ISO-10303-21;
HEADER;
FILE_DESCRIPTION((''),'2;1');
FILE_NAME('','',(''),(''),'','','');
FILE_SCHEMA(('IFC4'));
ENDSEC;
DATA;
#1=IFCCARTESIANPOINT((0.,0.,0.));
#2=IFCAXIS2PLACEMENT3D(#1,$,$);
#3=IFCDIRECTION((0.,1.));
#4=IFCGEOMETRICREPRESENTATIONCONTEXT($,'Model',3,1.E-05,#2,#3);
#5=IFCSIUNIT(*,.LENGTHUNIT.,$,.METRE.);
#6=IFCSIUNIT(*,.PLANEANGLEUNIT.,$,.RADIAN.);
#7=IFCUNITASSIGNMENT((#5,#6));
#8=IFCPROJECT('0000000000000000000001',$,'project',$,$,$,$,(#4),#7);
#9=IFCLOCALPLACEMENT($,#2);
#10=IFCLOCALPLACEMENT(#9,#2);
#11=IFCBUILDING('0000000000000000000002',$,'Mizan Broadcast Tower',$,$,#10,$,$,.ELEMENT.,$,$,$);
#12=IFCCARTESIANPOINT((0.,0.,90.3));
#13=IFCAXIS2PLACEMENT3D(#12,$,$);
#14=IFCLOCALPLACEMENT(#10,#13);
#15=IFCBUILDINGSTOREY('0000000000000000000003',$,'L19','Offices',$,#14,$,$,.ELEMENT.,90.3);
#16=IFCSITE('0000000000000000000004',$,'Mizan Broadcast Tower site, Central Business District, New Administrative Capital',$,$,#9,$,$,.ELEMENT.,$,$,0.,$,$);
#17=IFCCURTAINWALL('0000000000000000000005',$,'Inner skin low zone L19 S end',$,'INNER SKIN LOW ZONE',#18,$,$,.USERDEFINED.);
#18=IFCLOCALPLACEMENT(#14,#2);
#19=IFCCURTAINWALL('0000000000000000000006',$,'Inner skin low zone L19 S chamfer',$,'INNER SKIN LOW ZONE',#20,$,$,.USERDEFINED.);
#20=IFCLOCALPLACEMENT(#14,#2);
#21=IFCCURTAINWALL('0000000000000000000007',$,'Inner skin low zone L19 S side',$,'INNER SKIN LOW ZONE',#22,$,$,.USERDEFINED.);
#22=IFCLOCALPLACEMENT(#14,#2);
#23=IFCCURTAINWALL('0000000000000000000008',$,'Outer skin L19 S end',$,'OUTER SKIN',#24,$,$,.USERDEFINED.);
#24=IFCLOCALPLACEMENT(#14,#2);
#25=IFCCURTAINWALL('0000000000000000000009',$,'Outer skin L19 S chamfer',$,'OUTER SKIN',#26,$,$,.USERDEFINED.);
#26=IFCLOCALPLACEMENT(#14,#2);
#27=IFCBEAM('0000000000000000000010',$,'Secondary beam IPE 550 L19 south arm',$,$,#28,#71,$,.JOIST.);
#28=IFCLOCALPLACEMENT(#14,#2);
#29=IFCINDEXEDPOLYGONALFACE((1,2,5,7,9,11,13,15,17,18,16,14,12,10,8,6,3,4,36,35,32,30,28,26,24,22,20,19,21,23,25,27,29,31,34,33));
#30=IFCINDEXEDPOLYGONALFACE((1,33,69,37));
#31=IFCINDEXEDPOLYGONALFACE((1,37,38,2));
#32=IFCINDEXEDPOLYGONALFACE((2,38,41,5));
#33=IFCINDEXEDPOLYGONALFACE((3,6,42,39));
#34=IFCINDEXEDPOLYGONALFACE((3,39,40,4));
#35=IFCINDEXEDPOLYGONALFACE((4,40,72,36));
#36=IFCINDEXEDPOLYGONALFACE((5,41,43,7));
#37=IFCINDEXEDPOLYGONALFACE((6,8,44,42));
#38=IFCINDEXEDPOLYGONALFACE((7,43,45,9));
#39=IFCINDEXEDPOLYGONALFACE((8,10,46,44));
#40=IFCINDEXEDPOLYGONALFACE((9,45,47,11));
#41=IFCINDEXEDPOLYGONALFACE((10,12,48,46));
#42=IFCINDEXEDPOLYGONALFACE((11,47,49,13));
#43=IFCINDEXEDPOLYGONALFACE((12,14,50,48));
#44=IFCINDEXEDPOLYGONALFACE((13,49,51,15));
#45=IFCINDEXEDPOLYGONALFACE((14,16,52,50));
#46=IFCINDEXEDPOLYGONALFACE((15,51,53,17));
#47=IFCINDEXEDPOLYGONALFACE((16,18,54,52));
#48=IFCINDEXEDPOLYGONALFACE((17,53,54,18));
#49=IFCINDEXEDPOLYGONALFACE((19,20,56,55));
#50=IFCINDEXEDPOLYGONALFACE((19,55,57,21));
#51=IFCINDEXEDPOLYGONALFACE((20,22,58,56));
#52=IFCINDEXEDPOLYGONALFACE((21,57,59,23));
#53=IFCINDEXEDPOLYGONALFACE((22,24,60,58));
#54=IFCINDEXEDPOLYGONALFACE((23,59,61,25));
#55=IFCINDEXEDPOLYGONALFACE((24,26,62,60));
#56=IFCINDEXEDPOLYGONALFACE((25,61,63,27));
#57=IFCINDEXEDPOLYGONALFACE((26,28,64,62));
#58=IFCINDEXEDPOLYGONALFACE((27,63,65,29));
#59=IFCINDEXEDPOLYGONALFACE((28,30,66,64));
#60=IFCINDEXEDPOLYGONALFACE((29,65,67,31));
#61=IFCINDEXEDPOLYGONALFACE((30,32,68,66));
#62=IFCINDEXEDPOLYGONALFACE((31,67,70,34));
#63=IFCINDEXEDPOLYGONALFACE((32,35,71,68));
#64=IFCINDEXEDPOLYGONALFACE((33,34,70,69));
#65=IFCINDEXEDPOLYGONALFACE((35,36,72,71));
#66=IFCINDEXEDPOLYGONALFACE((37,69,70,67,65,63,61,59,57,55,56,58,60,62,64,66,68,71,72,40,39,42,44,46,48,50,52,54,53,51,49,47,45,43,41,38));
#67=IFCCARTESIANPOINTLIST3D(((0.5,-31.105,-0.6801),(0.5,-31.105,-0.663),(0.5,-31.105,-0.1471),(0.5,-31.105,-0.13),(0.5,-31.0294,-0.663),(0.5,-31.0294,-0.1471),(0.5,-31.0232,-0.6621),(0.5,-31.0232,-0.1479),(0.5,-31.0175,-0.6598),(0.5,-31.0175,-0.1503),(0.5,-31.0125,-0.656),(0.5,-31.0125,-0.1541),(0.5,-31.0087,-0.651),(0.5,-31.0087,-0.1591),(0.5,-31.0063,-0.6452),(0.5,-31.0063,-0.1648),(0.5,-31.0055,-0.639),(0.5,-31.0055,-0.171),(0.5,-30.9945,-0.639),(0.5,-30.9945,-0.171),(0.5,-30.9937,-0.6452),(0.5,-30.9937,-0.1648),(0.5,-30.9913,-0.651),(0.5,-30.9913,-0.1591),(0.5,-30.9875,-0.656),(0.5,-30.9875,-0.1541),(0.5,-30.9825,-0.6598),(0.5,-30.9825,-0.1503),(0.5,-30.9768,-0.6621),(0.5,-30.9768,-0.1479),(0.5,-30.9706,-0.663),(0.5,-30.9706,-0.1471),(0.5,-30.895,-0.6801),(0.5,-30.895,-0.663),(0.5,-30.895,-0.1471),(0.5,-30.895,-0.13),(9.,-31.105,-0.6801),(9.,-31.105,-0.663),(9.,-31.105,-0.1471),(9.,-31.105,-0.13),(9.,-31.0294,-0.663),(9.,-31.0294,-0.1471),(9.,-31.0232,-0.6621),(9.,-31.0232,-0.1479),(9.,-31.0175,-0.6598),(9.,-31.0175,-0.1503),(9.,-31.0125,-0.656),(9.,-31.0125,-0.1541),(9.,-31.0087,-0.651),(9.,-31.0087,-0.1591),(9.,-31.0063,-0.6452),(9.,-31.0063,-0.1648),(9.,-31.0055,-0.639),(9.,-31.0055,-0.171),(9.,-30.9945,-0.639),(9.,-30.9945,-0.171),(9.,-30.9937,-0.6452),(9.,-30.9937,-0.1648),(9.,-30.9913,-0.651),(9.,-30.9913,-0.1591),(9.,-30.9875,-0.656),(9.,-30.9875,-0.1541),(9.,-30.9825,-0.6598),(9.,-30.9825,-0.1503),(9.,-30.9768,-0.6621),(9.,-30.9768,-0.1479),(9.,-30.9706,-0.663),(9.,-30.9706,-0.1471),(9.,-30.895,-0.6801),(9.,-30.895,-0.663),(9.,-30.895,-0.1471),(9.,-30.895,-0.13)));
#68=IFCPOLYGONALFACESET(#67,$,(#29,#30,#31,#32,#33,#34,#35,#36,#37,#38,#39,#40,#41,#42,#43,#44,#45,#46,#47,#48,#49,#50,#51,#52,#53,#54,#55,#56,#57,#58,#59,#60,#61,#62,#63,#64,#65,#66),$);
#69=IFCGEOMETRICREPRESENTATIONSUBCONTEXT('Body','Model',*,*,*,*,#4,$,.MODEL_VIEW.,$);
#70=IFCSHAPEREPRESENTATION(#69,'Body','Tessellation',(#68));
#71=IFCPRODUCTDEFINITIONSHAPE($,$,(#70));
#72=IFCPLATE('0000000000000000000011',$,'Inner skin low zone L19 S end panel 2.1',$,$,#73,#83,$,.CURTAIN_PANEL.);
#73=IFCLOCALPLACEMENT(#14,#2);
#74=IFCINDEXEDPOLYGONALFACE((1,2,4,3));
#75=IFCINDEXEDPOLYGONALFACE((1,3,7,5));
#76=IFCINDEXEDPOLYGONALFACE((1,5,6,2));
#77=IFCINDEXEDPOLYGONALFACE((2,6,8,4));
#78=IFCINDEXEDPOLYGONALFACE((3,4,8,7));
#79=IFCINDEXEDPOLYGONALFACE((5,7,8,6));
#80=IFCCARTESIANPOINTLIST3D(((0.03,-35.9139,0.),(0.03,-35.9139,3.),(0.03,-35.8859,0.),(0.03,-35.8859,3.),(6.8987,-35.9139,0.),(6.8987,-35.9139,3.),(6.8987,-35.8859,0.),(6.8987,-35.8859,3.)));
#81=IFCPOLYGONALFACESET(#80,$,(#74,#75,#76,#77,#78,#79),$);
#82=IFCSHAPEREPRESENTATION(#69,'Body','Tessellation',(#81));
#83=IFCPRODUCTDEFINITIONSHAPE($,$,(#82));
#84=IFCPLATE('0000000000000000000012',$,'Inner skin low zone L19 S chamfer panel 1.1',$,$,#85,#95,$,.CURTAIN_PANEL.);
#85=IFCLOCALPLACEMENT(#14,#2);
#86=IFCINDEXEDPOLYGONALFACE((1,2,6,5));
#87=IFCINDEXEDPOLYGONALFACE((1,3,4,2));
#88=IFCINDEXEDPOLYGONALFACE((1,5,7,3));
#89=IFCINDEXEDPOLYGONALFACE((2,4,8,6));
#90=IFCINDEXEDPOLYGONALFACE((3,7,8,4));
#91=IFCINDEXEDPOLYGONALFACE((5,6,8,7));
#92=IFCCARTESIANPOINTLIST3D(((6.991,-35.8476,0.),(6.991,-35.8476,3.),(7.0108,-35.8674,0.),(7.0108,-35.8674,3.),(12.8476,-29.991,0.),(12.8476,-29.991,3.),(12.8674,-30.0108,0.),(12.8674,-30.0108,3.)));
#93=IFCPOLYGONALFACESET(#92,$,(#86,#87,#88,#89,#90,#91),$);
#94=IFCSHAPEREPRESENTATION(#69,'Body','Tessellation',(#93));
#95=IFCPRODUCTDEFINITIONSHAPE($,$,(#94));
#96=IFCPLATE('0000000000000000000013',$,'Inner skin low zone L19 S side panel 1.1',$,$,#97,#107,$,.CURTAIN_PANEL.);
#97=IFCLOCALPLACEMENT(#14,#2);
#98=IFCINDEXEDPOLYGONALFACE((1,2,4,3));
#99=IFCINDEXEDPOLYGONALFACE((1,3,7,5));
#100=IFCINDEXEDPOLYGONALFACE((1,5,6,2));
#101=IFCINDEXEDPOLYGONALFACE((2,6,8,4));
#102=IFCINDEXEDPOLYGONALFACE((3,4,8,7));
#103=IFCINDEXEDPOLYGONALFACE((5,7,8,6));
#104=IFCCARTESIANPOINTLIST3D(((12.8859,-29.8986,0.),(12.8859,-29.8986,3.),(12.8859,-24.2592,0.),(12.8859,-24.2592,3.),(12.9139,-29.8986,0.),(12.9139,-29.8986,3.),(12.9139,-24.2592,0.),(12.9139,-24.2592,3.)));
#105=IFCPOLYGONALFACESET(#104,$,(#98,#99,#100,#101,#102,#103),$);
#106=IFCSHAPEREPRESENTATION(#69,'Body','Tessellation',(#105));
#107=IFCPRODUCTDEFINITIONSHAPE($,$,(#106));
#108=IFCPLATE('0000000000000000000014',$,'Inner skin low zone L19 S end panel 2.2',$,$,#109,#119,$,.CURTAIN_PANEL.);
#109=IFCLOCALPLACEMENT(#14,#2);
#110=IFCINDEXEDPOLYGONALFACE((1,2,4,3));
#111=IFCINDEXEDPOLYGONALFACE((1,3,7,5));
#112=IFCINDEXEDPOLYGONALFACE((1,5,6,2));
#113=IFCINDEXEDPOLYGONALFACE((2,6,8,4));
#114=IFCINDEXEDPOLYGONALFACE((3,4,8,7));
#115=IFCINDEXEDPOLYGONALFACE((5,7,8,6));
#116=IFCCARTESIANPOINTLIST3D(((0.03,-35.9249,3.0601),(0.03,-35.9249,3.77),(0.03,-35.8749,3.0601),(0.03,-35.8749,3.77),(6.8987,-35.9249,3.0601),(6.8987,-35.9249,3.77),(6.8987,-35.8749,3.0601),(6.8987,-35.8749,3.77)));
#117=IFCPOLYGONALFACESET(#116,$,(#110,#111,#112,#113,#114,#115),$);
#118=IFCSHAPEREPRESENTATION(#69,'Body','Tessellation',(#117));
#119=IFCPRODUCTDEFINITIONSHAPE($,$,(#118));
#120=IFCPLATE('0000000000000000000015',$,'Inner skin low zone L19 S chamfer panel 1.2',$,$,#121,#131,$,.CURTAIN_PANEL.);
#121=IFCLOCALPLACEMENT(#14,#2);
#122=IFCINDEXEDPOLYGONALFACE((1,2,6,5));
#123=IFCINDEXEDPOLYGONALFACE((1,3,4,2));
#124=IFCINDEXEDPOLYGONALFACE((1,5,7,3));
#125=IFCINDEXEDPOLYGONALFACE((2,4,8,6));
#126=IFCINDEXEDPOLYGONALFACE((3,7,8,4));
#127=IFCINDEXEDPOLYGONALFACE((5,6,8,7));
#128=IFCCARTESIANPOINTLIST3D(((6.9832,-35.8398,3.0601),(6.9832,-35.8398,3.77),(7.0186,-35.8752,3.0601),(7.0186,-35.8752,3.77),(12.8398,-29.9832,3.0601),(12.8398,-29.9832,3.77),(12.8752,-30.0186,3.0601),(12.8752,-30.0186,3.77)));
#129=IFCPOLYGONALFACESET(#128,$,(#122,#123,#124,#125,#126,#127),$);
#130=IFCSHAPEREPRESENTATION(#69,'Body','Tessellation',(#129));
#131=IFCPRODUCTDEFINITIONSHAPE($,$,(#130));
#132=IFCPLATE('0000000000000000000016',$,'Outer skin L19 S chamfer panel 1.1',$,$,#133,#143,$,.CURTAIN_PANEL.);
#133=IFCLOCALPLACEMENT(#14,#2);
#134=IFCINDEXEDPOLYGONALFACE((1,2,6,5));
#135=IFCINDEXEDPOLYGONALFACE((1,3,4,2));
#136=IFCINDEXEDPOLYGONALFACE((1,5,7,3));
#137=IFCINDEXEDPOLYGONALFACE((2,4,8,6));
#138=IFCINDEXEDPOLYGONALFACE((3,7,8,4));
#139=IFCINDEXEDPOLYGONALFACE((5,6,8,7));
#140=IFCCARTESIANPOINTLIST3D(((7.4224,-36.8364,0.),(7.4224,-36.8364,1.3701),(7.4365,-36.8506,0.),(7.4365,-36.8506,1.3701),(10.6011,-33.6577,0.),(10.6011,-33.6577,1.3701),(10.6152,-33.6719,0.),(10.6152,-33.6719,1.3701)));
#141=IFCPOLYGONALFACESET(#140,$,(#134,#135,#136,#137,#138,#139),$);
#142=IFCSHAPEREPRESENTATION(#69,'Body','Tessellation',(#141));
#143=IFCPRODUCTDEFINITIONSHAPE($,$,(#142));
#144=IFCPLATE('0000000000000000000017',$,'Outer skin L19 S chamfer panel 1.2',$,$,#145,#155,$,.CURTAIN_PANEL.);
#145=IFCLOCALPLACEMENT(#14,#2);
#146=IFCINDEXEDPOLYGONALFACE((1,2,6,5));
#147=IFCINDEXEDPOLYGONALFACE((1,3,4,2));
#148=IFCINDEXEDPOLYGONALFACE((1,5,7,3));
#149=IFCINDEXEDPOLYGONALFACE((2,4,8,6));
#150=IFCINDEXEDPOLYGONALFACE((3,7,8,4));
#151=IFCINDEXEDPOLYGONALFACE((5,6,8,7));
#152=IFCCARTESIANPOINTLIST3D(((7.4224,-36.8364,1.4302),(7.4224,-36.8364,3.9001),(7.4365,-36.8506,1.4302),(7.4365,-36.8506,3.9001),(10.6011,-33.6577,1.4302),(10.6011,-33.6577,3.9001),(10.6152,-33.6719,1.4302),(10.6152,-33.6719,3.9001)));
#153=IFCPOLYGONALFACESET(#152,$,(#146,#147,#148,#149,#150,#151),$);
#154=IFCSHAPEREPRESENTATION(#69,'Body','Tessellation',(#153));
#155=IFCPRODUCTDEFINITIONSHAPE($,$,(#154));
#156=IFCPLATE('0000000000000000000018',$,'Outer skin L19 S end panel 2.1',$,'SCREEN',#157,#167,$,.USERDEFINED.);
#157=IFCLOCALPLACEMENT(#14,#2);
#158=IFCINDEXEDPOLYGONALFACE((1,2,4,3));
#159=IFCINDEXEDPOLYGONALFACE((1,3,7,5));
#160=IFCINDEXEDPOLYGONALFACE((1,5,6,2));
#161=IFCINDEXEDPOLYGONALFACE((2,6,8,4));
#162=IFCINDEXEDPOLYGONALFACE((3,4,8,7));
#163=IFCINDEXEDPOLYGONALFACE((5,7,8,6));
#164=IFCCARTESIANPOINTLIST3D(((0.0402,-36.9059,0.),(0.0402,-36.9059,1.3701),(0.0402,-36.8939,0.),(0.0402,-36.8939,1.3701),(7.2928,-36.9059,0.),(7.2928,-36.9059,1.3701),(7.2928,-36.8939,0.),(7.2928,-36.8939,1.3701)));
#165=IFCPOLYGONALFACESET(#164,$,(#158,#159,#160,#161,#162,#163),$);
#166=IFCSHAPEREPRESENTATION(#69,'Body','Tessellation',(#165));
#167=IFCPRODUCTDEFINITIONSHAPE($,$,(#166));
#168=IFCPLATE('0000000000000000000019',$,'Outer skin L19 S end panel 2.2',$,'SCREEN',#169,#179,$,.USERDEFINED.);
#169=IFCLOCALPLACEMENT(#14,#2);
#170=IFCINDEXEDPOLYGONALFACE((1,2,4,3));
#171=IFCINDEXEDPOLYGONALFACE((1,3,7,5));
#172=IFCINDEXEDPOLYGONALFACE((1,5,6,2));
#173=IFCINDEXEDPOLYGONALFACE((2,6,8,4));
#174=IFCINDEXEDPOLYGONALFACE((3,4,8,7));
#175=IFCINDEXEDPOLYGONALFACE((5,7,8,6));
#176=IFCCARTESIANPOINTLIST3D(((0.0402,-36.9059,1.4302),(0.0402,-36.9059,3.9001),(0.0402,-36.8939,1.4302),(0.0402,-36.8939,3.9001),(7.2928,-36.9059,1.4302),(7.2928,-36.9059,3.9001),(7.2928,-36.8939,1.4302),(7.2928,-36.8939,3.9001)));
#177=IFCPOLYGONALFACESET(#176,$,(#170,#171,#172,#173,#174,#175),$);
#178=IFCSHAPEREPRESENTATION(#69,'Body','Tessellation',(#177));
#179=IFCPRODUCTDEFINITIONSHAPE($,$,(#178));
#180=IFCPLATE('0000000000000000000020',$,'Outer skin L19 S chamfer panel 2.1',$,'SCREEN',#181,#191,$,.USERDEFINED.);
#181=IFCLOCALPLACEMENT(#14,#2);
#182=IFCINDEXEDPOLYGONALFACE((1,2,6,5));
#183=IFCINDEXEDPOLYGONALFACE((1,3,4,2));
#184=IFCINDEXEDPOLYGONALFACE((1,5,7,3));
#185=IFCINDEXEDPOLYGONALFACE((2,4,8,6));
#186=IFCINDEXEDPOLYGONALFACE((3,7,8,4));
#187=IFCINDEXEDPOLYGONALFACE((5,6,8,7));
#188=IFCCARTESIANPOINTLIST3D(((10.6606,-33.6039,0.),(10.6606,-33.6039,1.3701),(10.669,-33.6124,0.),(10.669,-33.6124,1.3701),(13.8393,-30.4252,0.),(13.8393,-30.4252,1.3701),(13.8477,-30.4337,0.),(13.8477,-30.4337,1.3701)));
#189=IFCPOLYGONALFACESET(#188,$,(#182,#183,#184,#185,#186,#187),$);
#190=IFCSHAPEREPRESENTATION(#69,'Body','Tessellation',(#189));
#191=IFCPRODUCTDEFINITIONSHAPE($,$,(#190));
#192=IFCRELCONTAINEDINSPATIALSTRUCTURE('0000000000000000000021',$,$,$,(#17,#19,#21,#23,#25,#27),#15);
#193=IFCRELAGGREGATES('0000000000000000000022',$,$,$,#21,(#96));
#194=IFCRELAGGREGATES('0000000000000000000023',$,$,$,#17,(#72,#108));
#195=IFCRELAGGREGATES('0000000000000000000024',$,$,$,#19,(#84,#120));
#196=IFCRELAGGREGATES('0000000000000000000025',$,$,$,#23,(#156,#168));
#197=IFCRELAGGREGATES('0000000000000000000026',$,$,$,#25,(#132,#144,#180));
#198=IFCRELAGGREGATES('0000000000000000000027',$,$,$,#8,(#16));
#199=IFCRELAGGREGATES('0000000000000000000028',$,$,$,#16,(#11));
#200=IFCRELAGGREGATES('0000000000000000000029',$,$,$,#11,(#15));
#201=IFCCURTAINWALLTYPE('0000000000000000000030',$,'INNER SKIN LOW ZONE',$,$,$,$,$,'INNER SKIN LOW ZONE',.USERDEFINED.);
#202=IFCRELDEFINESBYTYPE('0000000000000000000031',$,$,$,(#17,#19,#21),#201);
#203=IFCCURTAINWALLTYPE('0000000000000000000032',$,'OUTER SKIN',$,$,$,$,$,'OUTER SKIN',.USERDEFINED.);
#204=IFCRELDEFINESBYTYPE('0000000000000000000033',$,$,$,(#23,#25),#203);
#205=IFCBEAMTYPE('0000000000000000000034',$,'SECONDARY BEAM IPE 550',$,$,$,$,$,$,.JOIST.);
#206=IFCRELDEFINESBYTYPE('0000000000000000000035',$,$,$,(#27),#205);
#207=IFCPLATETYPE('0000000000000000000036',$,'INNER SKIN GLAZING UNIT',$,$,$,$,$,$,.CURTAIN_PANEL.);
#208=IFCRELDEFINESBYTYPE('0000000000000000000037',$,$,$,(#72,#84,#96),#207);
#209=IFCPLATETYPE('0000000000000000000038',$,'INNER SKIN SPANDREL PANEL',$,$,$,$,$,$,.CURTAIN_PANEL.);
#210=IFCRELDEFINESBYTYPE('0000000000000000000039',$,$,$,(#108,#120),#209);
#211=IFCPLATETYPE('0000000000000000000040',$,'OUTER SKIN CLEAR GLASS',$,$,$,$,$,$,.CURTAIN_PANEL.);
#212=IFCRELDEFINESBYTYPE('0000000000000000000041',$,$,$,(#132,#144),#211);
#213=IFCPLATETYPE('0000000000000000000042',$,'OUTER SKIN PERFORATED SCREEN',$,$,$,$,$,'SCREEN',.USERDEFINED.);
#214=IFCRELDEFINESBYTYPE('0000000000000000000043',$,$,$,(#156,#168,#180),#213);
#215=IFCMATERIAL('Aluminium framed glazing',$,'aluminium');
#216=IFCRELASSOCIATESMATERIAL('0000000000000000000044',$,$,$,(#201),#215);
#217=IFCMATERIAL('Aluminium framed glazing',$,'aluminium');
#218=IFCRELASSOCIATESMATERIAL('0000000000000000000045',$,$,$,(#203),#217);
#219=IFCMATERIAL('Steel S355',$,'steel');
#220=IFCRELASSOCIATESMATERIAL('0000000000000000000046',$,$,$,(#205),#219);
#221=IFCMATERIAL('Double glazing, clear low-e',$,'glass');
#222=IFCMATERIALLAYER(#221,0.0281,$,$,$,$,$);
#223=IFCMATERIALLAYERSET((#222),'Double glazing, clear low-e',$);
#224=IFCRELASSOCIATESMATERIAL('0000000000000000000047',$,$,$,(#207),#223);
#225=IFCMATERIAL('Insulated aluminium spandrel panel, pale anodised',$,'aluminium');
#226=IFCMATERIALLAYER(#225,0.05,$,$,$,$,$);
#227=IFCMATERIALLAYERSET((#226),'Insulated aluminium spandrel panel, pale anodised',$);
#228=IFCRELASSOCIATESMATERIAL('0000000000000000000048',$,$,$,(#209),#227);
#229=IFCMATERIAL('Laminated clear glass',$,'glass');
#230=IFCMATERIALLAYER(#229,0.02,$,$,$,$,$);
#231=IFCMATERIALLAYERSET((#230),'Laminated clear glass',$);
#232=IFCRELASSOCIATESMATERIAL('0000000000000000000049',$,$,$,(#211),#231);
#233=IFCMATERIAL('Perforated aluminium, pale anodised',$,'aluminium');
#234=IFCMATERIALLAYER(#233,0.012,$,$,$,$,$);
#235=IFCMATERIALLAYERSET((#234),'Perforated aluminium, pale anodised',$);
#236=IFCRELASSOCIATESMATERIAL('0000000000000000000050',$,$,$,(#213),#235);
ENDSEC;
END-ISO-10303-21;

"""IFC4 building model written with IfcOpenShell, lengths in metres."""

from ifc_helpers import new_model, si_unit, direction, frame, origin, origin_2d, place, context, subcontext, project, spatial, rectangle, i_section, extrude, material, layer, layer_set, material_profile, profile_set, type_object, element, aggregate, save


model = new_model("IFC4")

# Units and contexts
model_context = context("Model", 3, precision=1e-05, world=origin(), true_north=direction((0.0, 1.0)))
body_context = subcontext(model_context, "Body", "Model", "MODEL_VIEW")
ifc_project = project(units=[si_unit("LENGTHUNIT", "METRE"), si_unit("PLANEANGLEUNIT", "RADIAN")], contexts=[model_context])

# Site, building, storey
site_placement = place(None, origin())
site = spatial("IfcSite", under=ifc_project, at=site_placement, Name="Mizan Broadcast Tower site, Central Business District, New Administrative Capital", CompositionType="ELEMENT", RefElevation=0.0)
building_placement = place(site_placement, origin())
building = spatial("IfcBuilding", under=site, at=building_placement, Name="Mizan Broadcast Tower", CompositionType="ELEMENT")
storey_placement = place(building_placement, frame((0.0, 0.0, 90.3)))
storey = spatial("IfcBuildingStorey", under=building, at=storey_placement, Name="L19", Description="Offices", CompositionType="ELEMENT", Elevation=90.3)

# Curtain wall
ifc_material_1 = material(Name="Aluminium framed glazing", Category="aluminium")
curtain_wall_type_1 = type_object("IfcCurtainWallType", Name="INNER SKIN LOW ZONE", ElementType="INNER SKIN LOW ZONE", PredefinedType="USERDEFINED", material=ifc_material_1)
curtain_wall_1_placement = place(storey_placement, origin())
curtain_wall_1 = element("IfcCurtainWall", 1, at=curtain_wall_1_placement, inside=storey, type_object=curtain_wall_type_1, Name="Inner skin low zone L19 S end", ObjectType="INNER SKIN LOW ZONE", PredefinedType="USERDEFINED")

# Curtain wall
curtain_wall_2_placement = place(storey_placement, origin())
curtain_wall_2 = element("IfcCurtainWall", 2, at=curtain_wall_2_placement, inside=storey, type_object=curtain_wall_type_1, Name="Inner skin low zone L19 S chamfer", ObjectType="INNER SKIN LOW ZONE", PredefinedType="USERDEFINED")

# Curtain wall
curtain_wall_3_placement = place(storey_placement, origin())
curtain_wall_3 = element("IfcCurtainWall", 3, at=curtain_wall_3_placement, inside=storey, type_object=curtain_wall_type_1, Name="Inner skin low zone L19 S side", ObjectType="INNER SKIN LOW ZONE", PredefinedType="USERDEFINED")

# Curtain wall
ifc_material_2 = material(Name="Aluminium framed glazing", Category="aluminium")
curtain_wall_type_2 = type_object("IfcCurtainWallType", Name="OUTER SKIN", ElementType="OUTER SKIN", PredefinedType="USERDEFINED", material=ifc_material_2)
curtain_wall_4_placement = place(storey_placement, origin())
curtain_wall_4 = element("IfcCurtainWall", 4, at=curtain_wall_4_placement, inside=storey, type_object=curtain_wall_type_2, Name="Outer skin L19 S end", ObjectType="OUTER SKIN", PredefinedType="USERDEFINED")

# Curtain wall
curtain_wall_5_placement = place(storey_placement, origin())
curtain_wall_5 = element("IfcCurtainWall", 5, at=curtain_wall_5_placement, inside=storey, type_object=curtain_wall_type_2, Name="Outer skin L19 S chamfer", ObjectType="OUTER SKIN", PredefinedType="USERDEFINED")

# Beam
ifc_material_3 = material(Name="Steel S355", Category="steel")
ifc_material_profile_1 = material_profile(ifc_material_3, i_section(OverallWidth=0.21, OverallDepth=0.55, WebThickness=0.011, FlangeThickness=0.0171, FilletRadius=0.0239, at=origin_2d()), Name="IPE 550")
ifc_profile_set_1 = profile_set([ifc_material_profile_1], Name="Steel S355")
beam_type_1 = type_object("IfcBeamType", Name="SECONDARY BEAM IPE 550", PredefinedType="JOIST", material=ifc_profile_set_1)
beam_1_placement = place(storey_placement, frame((9.0, -31.0, -0.405), z_axis=(-1.0, 0.0, 0.0), x_axis=(0.0, -1.0, 0.0)))
element("IfcBeam", 6, at=beam_1_placement, inside=storey, type_object=beam_type_1, Name="Secondary beam IPE 550 L19 south arm", PredefinedType="JOIST", context=body_context, shape_type="SweptSolid", body=[
    extrude(i_section(OverallWidth=0.21, OverallDepth=0.55, WebThickness=0.011, FlangeThickness=0.0171, FilletRadius=0.0239, at=origin_2d()), origin(), (0.0, 0.0, 1.0), 8.5),
])

# Plates
ifc_material_4 = material(Name="Double glazing, clear low-e", Category="glass")
ifc_layer_1 = layer(ifc_material_4, 0.0281)
ifc_layer_set_1 = layer_set([ifc_layer_1], Name="Double glazing, clear low-e")
plate_type_1 = type_object("IfcPlateType", Name="INNER SKIN GLAZING UNIT", PredefinedType="CURTAIN_PANEL", material=ifc_layer_set_1)
plate_1_placement = place(storey_placement, frame((3.4644, -35.8999, 0.0), z_axis=(0.0, 0.0, 1.0), x_axis=(1.0, 0.0, 0.0)))
plate_1 = element("IfcPlate", 7, at=plate_1_placement, type_object=plate_type_1, Name="Inner skin low zone L19 S end panel 2.1", PredefinedType="CURTAIN_PANEL", context=body_context, shape_type="SweptSolid", body=[
    extrude(rectangle(XDim=6.8687, YDim=0.0281, at=origin_2d()), origin(), (0.0, 0.0, 1.0), 3.0),
])
plate_2_placement = place(storey_placement, frame((9.9292, -32.9292, 0.0), z_axis=(0.0, 0.0, 1.0), x_axis=(0.707107, 0.707107, 0.0)))
plate_2 = element("IfcPlate", 8, at=plate_2_placement, type_object=plate_type_1, Name="Inner skin low zone L19 S chamfer panel 1.1", PredefinedType="CURTAIN_PANEL", context=body_context, shape_type="SweptSolid", body=[
    extrude(rectangle(XDim=8.2825, YDim=0.0281, at=origin_2d()), origin(), (0.0, 0.0, 1.0), 3.0),
])
plate_3_placement = place(storey_placement, frame((12.8999, -27.0789, 0.0), z_axis=(0.0, 0.0, 1.0), x_axis=(0.0, 1.0, 0.0)))
plate_3 = element("IfcPlate", 9, at=plate_3_placement, type_object=plate_type_1, Name="Inner skin low zone L19 S side panel 1.1", PredefinedType="CURTAIN_PANEL", context=body_context, shape_type="SweptSolid", body=[
    extrude(rectangle(XDim=5.6394, YDim=0.0281, at=origin_2d()), origin(), (0.0, 0.0, 1.0), 3.0),
])
aggregate(curtain_wall_3, [plate_3])
ifc_material_5 = material(Name="Insulated aluminium spandrel panel, pale anodised", Category="aluminium")
ifc_layer_2 = layer(ifc_material_5, 0.05)
ifc_layer_set_2 = layer_set([ifc_layer_2], Name="Insulated aluminium spandrel panel, pale anodised")
plate_type_2 = type_object("IfcPlateType", Name="INNER SKIN SPANDREL PANEL", PredefinedType="CURTAIN_PANEL", material=ifc_layer_set_2)
plate_4_placement = place(storey_placement, frame((3.4644, -35.8999, 3.0601), z_axis=(0.0, 0.0, 1.0), x_axis=(1.0, 0.0, 0.0)))
plate_4 = element("IfcPlate", 10, at=plate_4_placement, type_object=plate_type_2, Name="Inner skin low zone L19 S end panel 2.2", PredefinedType="CURTAIN_PANEL", context=body_context, shape_type="SweptSolid", body=[
    extrude(rectangle(XDim=6.8687, YDim=0.05, at=origin_2d()), origin(), (0.0, 0.0, 1.0), 0.71),
])
aggregate(curtain_wall_1, [plate_1, plate_4])
plate_5_placement = place(storey_placement, frame((9.9292, -32.9292, 3.0601), z_axis=(0.0, 0.0, 1.0), x_axis=(0.707107, 0.707107, 0.0)))
plate_5 = element("IfcPlate", 11, at=plate_5_placement, type_object=plate_type_2, Name="Inner skin low zone L19 S chamfer panel 1.2", PredefinedType="CURTAIN_PANEL", context=body_context, shape_type="SweptSolid", body=[
    extrude(rectangle(XDim=8.2825, YDim=0.05, at=origin_2d()), origin(), (0.0, 0.0, 1.0), 0.71),
])
aggregate(curtain_wall_2, [plate_2, plate_5])
ifc_material_6 = material(Name="Laminated clear glass", Category="glass")
ifc_layer_3 = layer(ifc_material_6, 0.02)
ifc_layer_set_3 = layer_set([ifc_layer_3], Name="Laminated clear glass")
plate_type_3 = type_object("IfcPlateType", Name="OUTER SKIN CLEAR GLASS", PredefinedType="CURTAIN_PANEL", material=ifc_layer_set_3)
plate_6_placement = place(storey_placement, frame((9.0188, -35.2542, 0.0), z_axis=(0.0, 0.0, 1.0), x_axis=(0.707107, 0.707107, 0.0)))
plate_6 = element("IfcPlate", 12, at=plate_6_placement, type_object=plate_type_3, Name="Outer skin L19 S chamfer panel 1.1", PredefinedType="CURTAIN_PANEL", context=body_context, shape_type="SweptSolid", body=[
    extrude(rectangle(XDim=4.4954, YDim=0.02, at=origin_2d()), origin(), (0.0, 0.0, 1.0), 1.3701),
])
plate_7_placement = place(storey_placement, frame((9.0188, -35.2542, 1.4302), z_axis=(0.0, 0.0, 1.0), x_axis=(0.707107, 0.707107, 0.0)))
plate_7 = element("IfcPlate", 13, at=plate_7_placement, type_object=plate_type_3, Name="Outer skin L19 S chamfer panel 1.2", PredefinedType="CURTAIN_PANEL", context=body_context, shape_type="SweptSolid", body=[
    extrude(rectangle(XDim=4.4954, YDim=0.02, at=origin_2d()), origin(), (0.0, 0.0, 1.0), 2.47),
])
ifc_material_7 = material(Name="Perforated aluminium, pale anodised", Category="aluminium")
ifc_layer_4 = layer(ifc_material_7, 0.012)
ifc_layer_set_4 = layer_set([ifc_layer_4], Name="Perforated aluminium, pale anodised")
plate_type_4 = type_object("IfcPlateType", Name="OUTER SKIN PERFORATED SCREEN", ElementType="SCREEN", PredefinedType="USERDEFINED", material=ifc_layer_set_4)
plate_8_placement = place(storey_placement, frame((3.6665, -36.8999, 0.0), z_axis=(0.0, 0.0, 1.0), x_axis=(1.0, 0.0, 0.0)))
plate_8 = element("IfcPlate", 14, at=plate_8_placement, type_object=plate_type_4, Name="Outer skin L19 S end panel 2.1", ObjectType="SCREEN", PredefinedType="USERDEFINED", context=body_context, shape_type="SweptSolid", body=[
    extrude(rectangle(XDim=7.2527, YDim=0.012, at=origin_2d()), origin(), (0.0, 0.0, 1.0), 1.3701),
])
plate_9_placement = place(storey_placement, frame((3.6665, -36.8999, 1.4302), z_axis=(0.0, 0.0, 1.0), x_axis=(1.0, 0.0, 0.0)))
plate_9 = element("IfcPlate", 15, at=plate_9_placement, type_object=plate_type_4, Name="Outer skin L19 S end panel 2.2", ObjectType="SCREEN", PredefinedType="USERDEFINED", context=body_context, shape_type="SweptSolid", body=[
    extrude(rectangle(XDim=7.2527, YDim=0.012, at=origin_2d()), origin(), (0.0, 0.0, 1.0), 2.47),
])
aggregate(curtain_wall_4, [plate_8, plate_9])
plate_10_placement = place(storey_placement, frame((12.2542, -32.0188, 0.0), z_axis=(0.0, 0.0, 1.0), x_axis=(0.707107, 0.707107, 0.0)))
plate_10 = element("IfcPlate", 16, at=plate_10_placement, type_object=plate_type_4, Name="Outer skin L19 S chamfer panel 2.1", ObjectType="SCREEN", PredefinedType="USERDEFINED", context=body_context, shape_type="SweptSolid", body=[
    extrude(rectangle(XDim=4.4954, YDim=0.012, at=origin_2d()), origin(), (0.0, 0.0, 1.0), 1.3701),
])
aggregate(curtain_wall_5, [plate_6, plate_7, plate_10])

save(model, "model.ifc")
